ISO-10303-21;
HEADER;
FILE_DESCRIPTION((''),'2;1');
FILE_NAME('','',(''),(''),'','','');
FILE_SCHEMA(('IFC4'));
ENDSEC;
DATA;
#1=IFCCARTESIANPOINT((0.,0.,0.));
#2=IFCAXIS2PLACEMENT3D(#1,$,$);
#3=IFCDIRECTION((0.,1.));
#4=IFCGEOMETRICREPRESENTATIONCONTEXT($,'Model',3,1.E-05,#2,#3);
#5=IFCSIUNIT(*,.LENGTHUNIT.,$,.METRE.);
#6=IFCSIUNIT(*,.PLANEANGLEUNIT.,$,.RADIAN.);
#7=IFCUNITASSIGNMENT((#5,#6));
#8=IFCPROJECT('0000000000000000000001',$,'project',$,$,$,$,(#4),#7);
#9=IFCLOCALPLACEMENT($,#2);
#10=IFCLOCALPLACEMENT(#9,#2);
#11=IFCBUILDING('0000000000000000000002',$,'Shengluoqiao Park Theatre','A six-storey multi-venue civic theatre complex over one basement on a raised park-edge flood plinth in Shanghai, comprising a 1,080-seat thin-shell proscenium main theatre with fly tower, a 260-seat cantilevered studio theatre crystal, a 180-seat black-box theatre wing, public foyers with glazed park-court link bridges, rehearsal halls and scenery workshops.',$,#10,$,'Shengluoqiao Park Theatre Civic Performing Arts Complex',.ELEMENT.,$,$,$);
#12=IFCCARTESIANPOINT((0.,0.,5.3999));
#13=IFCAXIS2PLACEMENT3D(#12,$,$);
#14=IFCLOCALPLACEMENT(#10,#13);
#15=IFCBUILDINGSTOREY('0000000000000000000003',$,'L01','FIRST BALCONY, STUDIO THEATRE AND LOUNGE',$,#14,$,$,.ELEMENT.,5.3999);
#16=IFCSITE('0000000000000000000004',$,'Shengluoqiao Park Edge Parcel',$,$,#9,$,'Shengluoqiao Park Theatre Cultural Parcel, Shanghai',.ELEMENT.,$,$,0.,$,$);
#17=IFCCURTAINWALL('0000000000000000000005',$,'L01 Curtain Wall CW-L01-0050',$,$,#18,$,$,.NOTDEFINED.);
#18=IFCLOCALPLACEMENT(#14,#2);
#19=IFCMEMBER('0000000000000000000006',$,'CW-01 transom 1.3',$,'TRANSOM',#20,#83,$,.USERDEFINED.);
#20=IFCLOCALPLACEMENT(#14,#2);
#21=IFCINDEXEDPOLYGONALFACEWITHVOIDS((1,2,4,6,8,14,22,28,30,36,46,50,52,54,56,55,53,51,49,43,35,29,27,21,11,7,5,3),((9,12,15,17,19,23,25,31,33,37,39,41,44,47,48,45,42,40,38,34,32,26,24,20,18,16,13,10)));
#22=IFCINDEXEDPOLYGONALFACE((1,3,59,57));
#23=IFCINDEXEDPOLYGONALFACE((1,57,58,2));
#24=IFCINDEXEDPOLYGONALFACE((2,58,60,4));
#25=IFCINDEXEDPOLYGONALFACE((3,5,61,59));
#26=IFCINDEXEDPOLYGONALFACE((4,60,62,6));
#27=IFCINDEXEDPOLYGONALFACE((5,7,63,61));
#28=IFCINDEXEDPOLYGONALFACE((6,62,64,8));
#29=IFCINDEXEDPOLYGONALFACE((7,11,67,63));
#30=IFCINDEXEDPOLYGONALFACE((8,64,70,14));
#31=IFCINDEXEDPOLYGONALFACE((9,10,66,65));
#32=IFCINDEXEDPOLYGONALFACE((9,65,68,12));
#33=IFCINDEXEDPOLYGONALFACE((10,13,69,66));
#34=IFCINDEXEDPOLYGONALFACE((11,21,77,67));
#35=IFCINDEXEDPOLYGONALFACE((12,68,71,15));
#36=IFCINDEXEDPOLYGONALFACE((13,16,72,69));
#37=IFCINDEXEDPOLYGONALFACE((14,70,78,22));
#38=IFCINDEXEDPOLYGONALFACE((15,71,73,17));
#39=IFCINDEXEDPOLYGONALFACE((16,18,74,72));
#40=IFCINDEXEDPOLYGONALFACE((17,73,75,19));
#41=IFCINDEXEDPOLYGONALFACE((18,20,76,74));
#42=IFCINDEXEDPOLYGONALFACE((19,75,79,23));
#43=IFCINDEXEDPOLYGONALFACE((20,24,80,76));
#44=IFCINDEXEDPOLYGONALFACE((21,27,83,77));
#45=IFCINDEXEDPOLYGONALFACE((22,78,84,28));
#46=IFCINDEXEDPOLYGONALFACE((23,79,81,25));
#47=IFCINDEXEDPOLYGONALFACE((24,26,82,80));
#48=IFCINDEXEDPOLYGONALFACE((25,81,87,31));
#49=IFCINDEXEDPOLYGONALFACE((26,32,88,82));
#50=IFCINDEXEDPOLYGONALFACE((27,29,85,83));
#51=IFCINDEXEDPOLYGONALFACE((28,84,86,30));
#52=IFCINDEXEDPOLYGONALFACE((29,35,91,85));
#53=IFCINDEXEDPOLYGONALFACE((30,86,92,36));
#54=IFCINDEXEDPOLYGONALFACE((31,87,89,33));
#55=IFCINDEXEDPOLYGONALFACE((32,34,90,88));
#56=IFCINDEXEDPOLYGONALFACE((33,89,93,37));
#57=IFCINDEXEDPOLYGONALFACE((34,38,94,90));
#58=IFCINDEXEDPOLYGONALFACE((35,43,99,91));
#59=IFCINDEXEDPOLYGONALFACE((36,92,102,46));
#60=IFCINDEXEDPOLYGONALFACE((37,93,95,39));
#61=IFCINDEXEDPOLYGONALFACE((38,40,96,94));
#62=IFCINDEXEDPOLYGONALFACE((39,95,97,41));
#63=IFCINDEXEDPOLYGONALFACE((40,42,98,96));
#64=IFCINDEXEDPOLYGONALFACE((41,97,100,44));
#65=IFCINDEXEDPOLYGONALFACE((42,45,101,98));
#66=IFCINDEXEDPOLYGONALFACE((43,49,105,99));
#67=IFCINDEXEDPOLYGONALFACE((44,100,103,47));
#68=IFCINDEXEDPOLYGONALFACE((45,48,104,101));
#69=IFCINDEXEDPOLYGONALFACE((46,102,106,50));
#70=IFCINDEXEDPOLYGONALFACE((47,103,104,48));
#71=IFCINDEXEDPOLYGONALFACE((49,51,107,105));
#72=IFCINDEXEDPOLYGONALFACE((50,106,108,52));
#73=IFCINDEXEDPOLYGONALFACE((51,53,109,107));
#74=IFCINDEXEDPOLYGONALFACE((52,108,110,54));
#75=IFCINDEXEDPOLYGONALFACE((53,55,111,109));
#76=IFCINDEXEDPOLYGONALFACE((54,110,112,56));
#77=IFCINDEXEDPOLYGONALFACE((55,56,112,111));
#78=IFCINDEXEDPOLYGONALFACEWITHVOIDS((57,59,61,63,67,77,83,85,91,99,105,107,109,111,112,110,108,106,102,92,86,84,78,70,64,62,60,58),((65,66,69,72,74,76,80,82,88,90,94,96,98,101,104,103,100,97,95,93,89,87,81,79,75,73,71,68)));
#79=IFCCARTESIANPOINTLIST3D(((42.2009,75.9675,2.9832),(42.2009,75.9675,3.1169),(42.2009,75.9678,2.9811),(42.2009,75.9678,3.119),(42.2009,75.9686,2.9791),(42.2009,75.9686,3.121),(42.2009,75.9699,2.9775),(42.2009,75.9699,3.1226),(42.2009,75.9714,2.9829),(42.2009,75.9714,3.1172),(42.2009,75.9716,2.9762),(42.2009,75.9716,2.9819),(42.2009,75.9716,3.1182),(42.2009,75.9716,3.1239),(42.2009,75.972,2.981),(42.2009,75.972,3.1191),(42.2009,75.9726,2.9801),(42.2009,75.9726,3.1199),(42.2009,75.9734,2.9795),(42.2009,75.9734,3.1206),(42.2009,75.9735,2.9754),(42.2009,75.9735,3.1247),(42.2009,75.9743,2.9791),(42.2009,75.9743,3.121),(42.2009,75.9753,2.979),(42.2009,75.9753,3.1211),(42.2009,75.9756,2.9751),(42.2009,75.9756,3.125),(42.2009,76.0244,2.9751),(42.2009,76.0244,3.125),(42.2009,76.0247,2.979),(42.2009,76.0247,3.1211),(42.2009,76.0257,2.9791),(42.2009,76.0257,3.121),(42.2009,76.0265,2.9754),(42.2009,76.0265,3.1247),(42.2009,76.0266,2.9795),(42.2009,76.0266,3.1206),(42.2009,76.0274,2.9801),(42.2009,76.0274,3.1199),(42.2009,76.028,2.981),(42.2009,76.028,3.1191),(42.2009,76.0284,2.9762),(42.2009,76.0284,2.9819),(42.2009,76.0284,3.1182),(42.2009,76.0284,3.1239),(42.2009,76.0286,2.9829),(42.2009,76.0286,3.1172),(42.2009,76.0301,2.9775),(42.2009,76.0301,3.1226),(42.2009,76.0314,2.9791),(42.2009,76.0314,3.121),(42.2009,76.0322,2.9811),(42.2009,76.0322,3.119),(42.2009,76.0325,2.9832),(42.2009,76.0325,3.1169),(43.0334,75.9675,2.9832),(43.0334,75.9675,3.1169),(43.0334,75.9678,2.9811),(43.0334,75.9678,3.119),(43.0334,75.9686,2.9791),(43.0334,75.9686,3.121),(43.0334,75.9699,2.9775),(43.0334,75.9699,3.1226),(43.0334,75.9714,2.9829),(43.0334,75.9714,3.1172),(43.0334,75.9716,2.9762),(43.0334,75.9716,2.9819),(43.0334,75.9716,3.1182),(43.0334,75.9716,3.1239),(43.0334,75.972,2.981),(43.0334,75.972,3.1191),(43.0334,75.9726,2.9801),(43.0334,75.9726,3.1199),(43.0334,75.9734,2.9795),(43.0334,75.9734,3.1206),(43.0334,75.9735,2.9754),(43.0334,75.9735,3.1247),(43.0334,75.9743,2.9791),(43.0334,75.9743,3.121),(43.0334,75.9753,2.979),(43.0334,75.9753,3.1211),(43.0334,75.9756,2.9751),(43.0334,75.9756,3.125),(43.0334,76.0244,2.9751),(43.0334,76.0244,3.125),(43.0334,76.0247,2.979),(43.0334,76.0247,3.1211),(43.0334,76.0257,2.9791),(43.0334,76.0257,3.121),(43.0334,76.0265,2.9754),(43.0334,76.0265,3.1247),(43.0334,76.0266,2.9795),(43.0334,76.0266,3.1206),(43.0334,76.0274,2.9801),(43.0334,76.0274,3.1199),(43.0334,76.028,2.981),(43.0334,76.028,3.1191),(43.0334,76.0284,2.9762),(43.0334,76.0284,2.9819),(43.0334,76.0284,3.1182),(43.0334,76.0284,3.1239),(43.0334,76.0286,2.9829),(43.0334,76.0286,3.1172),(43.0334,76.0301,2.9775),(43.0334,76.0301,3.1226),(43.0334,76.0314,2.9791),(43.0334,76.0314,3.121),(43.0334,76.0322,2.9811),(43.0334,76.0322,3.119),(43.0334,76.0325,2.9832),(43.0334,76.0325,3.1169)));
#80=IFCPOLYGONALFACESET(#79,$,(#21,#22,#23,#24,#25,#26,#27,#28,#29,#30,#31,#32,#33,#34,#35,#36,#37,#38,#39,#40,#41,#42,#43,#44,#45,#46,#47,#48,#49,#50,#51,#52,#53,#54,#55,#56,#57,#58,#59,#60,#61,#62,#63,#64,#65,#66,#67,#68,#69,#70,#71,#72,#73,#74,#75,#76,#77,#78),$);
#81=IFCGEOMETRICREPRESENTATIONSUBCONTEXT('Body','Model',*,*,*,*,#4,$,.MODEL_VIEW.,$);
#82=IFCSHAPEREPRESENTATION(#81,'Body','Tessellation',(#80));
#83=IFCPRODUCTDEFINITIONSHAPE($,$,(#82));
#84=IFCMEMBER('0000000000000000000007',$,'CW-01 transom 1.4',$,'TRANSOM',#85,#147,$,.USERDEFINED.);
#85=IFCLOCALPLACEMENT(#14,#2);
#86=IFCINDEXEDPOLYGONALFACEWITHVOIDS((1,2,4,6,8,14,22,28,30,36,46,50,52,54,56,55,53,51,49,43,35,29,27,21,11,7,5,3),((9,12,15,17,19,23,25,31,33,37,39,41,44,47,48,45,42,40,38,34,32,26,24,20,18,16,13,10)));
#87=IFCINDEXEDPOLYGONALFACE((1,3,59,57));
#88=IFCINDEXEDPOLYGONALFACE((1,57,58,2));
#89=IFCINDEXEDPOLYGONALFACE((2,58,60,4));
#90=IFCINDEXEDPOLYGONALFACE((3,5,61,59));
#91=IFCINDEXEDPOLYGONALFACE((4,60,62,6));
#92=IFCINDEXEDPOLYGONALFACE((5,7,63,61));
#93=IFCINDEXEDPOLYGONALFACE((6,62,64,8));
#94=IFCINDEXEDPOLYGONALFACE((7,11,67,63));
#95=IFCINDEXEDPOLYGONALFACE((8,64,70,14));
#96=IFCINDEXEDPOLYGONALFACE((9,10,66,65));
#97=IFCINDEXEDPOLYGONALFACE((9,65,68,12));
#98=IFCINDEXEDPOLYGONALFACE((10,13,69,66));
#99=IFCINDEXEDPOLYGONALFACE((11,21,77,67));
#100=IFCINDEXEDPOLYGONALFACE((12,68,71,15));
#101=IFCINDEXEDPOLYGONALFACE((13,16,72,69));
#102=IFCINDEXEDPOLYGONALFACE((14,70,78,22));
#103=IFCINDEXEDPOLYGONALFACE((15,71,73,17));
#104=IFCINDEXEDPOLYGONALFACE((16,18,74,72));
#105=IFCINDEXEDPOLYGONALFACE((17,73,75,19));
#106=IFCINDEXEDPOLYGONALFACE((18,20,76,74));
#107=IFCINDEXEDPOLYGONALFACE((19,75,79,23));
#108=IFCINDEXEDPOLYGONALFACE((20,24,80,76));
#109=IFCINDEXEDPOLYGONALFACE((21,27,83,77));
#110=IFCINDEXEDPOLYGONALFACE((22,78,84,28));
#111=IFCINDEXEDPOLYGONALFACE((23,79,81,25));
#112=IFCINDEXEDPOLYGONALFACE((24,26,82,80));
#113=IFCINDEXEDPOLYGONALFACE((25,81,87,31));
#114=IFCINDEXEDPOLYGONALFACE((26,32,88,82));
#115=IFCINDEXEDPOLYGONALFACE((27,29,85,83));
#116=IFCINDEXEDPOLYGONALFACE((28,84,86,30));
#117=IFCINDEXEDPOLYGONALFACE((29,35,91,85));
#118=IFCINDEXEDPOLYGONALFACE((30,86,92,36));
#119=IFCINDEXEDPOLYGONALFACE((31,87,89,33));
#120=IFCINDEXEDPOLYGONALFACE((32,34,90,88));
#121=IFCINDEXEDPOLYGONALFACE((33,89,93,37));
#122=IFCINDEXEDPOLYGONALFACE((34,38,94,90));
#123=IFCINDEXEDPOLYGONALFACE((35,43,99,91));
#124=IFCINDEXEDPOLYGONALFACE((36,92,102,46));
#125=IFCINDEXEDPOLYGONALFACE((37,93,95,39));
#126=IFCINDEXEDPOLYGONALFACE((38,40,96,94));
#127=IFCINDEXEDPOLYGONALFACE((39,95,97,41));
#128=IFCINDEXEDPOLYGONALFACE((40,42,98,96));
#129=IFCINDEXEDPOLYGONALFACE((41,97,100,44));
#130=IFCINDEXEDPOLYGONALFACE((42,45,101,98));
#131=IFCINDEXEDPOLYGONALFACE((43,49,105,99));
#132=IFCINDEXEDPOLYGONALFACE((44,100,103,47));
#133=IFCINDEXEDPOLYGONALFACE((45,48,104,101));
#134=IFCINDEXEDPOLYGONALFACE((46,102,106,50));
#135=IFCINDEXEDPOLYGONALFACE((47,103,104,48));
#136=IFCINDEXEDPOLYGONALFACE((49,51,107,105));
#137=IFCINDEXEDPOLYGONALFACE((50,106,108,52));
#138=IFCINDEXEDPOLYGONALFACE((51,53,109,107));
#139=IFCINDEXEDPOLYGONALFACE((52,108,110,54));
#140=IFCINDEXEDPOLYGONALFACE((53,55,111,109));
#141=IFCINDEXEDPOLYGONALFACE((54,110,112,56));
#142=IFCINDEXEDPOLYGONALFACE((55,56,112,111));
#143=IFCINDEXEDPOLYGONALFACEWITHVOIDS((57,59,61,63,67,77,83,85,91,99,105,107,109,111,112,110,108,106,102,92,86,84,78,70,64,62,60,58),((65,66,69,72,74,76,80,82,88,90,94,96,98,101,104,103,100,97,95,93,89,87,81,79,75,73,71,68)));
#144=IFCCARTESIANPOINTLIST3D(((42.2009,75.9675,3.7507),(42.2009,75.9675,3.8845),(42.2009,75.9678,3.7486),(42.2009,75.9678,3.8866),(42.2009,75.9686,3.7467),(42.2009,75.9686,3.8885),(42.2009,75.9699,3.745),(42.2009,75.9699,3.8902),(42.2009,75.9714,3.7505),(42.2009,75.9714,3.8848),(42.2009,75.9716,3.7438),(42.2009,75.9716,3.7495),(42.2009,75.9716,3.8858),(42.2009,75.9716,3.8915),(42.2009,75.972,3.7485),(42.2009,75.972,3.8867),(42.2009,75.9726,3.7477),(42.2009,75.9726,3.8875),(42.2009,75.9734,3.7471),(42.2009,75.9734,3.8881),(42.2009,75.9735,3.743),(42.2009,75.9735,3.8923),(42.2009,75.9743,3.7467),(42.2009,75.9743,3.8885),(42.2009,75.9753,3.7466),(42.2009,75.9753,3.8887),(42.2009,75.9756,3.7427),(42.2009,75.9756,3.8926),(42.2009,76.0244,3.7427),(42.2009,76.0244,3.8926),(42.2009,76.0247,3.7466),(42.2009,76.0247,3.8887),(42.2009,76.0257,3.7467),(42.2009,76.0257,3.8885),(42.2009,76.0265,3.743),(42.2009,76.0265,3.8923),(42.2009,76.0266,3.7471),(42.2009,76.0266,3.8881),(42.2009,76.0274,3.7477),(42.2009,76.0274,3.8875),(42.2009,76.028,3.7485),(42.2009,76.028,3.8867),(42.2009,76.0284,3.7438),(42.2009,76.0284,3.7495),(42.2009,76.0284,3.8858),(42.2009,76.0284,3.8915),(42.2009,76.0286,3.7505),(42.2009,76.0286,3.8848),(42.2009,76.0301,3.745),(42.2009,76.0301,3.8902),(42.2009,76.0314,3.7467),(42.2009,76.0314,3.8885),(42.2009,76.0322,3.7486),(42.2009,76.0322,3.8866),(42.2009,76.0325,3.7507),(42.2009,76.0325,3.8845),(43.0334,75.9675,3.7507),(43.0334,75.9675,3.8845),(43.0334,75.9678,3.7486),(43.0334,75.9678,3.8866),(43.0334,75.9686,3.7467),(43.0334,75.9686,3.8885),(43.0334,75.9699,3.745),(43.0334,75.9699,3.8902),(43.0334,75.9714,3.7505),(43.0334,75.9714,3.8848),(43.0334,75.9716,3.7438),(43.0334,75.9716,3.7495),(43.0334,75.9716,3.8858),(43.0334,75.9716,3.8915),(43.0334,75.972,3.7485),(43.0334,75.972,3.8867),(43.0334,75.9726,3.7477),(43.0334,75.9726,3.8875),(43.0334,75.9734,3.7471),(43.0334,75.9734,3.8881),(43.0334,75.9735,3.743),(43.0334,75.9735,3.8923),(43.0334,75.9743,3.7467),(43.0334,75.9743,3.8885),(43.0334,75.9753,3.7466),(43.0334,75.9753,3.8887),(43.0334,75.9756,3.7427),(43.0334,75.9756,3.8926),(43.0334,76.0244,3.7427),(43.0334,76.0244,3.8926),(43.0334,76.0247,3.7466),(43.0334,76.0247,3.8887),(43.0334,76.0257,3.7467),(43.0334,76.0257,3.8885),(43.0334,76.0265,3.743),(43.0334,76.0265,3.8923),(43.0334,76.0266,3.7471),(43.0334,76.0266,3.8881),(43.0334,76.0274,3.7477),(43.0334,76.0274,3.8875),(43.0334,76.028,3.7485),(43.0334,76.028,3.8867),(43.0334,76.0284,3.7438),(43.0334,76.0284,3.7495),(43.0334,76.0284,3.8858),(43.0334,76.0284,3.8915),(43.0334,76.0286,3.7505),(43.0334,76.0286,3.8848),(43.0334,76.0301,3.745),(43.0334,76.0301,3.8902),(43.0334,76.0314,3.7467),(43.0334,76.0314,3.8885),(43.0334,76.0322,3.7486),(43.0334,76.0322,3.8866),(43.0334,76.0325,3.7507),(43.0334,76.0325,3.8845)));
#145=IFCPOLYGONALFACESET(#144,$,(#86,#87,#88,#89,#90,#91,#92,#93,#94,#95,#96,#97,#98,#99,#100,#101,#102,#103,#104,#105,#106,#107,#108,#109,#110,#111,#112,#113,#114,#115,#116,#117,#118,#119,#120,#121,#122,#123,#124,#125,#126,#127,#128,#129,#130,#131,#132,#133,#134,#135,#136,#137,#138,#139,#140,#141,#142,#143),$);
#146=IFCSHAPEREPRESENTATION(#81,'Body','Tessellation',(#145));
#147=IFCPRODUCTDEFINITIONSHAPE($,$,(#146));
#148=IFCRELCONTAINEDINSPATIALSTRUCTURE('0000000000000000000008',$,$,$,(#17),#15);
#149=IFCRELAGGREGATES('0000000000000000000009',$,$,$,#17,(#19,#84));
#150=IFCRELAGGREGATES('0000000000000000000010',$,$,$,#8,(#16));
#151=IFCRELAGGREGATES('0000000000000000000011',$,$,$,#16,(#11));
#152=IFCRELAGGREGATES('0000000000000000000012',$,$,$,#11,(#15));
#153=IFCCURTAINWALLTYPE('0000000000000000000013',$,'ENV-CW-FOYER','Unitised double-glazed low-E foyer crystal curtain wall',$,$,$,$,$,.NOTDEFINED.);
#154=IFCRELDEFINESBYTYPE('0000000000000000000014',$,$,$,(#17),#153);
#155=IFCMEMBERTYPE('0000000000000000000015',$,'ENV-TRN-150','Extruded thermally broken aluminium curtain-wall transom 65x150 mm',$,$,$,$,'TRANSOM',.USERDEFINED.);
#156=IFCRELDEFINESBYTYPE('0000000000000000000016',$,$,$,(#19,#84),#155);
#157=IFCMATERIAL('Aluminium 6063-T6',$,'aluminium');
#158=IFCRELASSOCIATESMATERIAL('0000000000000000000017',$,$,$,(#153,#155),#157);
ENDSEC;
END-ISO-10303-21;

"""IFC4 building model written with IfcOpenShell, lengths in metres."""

from ifc_helpers import new_model, si_unit, direction, frame, origin, origin_2d, place, context, subcontext, project, spatial, hollow_rectangle, extrude, material, material_profile, profile_set, type_object, element, aggregate, save


model = new_model("IFC4")

# Units and contexts
model_context = context("Model", 3, precision=1e-05, world=origin(), true_north=direction((0.0, 1.0)))
body_context = subcontext(model_context, "Body", "Model", "MODEL_VIEW")
ifc_project = project(units=[si_unit("LENGTHUNIT", "METRE"), si_unit("PLANEANGLEUNIT", "RADIAN")], contexts=[model_context])

# Site, building, storey
site_placement = place(None, origin())
site = spatial("IfcSite", under=ifc_project, at=site_placement, Name="Shengluoqiao Park Edge Parcel", LongName="Shengluoqiao Park Theatre Cultural Parcel, Shanghai", CompositionType="ELEMENT", RefElevation=0.0)
building_placement = place(site_placement, origin())
building = spatial("IfcBuilding", under=site, at=building_placement, Name="Shengluoqiao Park Theatre", Description="A six-storey multi-venue civic theatre complex over one basement on a raised park-edge flood plinth in Shanghai, comprising a 1,080-seat thin-shell proscenium main theatre with fly tower, a 260-seat cantilevered studio theatre crystal, a 180-seat black-box theatre wing, public foyers with glazed park-court link bridges, rehearsal halls and scenery workshops.", LongName="Shengluoqiao Park Theatre Civic Performing Arts Complex", CompositionType="ELEMENT")
storey_placement = place(building_placement, frame((0.0, 0.0, 5.3999)))
storey = spatial("IfcBuildingStorey", under=building, at=storey_placement, Name="L01", Description="FIRST BALCONY, STUDIO THEATRE AND LOUNGE", CompositionType="ELEMENT", Elevation=5.3999)

# Shared definitions
ifc_material_1 = material(Name="Aluminium 6063-T6", Category="aluminium")
curtain_wall_type = type_object("IfcCurtainWallType", Name="ENV-CW-FOYER", Description="Unitised double-glazed low-E foyer crystal curtain wall", PredefinedType="NOTDEFINED", material=ifc_material_1)

# Curtain wall
curtain_wall_1_placement = place(storey_placement, origin())
curtain_wall_1 = element("IfcCurtainWall", 1, at=curtain_wall_1_placement, inside=storey, type_object=curtain_wall_type, Name="L01 Curtain Wall CW-L01-0050", PredefinedType="NOTDEFINED")

# Members
ifc_material_profile_1 = material_profile(ifc_material_1, hollow_rectangle(XDim=0.0649, YDim=0.1499, WallThickness=0.0039, InnerFilletRadius=0.0039, OuterFilletRadius=0.0081, at=origin_2d()), Name="ALU TRANSOM 150x65x4")
ifc_profile_set_1 = profile_set([ifc_material_profile_1], Name="Aluminium 6063-T6")
member_type_1 = type_object("IfcMemberType", Name="ENV-TRN-150", Description="Extruded thermally broken aluminium curtain-wall transom 65x150 mm", ElementType="TRANSOM", PredefinedType="USERDEFINED", material=ifc_profile_set_1)
member_1_placement = place(storey_placement, frame((42.2009, 76.0, 3.05), z_axis=(1.0, 0.0, 0.0), x_axis=(0.0, 1.0, 0.0)))
member_1 = element("IfcMember", 2, at=member_1_placement, type_object=member_type_1, Name="CW-01 transom 1.3", ObjectType="TRANSOM", PredefinedType="USERDEFINED", context=body_context, shape_type="SweptSolid", body=[
    extrude(hollow_rectangle(XDim=0.0649, YDim=0.1499, WallThickness=0.0039, InnerFilletRadius=0.0039, OuterFilletRadius=0.0081, at=origin_2d()), origin(), (0.0, 0.0, 1.0), 0.8325),
])
member_2_placement = place(storey_placement, frame((42.2009, 76.0, 3.8176), z_axis=(1.0, 0.0, 0.0), x_axis=(0.0, 1.0, 0.0)))
member_2 = element("IfcMember", 3, at=member_2_placement, type_object=member_type_1, Name="CW-01 transom 1.4", ObjectType="TRANSOM", PredefinedType="USERDEFINED", context=body_context, shape_type="SweptSolid", body=[
    extrude(hollow_rectangle(XDim=0.0649, YDim=0.1499, WallThickness=0.0039, InnerFilletRadius=0.0039, OuterFilletRadius=0.0081, at=origin_2d()), origin(), (0.0, 0.0, 1.0), 0.8325),
])

aggregate(curtain_wall_1, [member_1, member_2])

save(model, "model.ifc")
